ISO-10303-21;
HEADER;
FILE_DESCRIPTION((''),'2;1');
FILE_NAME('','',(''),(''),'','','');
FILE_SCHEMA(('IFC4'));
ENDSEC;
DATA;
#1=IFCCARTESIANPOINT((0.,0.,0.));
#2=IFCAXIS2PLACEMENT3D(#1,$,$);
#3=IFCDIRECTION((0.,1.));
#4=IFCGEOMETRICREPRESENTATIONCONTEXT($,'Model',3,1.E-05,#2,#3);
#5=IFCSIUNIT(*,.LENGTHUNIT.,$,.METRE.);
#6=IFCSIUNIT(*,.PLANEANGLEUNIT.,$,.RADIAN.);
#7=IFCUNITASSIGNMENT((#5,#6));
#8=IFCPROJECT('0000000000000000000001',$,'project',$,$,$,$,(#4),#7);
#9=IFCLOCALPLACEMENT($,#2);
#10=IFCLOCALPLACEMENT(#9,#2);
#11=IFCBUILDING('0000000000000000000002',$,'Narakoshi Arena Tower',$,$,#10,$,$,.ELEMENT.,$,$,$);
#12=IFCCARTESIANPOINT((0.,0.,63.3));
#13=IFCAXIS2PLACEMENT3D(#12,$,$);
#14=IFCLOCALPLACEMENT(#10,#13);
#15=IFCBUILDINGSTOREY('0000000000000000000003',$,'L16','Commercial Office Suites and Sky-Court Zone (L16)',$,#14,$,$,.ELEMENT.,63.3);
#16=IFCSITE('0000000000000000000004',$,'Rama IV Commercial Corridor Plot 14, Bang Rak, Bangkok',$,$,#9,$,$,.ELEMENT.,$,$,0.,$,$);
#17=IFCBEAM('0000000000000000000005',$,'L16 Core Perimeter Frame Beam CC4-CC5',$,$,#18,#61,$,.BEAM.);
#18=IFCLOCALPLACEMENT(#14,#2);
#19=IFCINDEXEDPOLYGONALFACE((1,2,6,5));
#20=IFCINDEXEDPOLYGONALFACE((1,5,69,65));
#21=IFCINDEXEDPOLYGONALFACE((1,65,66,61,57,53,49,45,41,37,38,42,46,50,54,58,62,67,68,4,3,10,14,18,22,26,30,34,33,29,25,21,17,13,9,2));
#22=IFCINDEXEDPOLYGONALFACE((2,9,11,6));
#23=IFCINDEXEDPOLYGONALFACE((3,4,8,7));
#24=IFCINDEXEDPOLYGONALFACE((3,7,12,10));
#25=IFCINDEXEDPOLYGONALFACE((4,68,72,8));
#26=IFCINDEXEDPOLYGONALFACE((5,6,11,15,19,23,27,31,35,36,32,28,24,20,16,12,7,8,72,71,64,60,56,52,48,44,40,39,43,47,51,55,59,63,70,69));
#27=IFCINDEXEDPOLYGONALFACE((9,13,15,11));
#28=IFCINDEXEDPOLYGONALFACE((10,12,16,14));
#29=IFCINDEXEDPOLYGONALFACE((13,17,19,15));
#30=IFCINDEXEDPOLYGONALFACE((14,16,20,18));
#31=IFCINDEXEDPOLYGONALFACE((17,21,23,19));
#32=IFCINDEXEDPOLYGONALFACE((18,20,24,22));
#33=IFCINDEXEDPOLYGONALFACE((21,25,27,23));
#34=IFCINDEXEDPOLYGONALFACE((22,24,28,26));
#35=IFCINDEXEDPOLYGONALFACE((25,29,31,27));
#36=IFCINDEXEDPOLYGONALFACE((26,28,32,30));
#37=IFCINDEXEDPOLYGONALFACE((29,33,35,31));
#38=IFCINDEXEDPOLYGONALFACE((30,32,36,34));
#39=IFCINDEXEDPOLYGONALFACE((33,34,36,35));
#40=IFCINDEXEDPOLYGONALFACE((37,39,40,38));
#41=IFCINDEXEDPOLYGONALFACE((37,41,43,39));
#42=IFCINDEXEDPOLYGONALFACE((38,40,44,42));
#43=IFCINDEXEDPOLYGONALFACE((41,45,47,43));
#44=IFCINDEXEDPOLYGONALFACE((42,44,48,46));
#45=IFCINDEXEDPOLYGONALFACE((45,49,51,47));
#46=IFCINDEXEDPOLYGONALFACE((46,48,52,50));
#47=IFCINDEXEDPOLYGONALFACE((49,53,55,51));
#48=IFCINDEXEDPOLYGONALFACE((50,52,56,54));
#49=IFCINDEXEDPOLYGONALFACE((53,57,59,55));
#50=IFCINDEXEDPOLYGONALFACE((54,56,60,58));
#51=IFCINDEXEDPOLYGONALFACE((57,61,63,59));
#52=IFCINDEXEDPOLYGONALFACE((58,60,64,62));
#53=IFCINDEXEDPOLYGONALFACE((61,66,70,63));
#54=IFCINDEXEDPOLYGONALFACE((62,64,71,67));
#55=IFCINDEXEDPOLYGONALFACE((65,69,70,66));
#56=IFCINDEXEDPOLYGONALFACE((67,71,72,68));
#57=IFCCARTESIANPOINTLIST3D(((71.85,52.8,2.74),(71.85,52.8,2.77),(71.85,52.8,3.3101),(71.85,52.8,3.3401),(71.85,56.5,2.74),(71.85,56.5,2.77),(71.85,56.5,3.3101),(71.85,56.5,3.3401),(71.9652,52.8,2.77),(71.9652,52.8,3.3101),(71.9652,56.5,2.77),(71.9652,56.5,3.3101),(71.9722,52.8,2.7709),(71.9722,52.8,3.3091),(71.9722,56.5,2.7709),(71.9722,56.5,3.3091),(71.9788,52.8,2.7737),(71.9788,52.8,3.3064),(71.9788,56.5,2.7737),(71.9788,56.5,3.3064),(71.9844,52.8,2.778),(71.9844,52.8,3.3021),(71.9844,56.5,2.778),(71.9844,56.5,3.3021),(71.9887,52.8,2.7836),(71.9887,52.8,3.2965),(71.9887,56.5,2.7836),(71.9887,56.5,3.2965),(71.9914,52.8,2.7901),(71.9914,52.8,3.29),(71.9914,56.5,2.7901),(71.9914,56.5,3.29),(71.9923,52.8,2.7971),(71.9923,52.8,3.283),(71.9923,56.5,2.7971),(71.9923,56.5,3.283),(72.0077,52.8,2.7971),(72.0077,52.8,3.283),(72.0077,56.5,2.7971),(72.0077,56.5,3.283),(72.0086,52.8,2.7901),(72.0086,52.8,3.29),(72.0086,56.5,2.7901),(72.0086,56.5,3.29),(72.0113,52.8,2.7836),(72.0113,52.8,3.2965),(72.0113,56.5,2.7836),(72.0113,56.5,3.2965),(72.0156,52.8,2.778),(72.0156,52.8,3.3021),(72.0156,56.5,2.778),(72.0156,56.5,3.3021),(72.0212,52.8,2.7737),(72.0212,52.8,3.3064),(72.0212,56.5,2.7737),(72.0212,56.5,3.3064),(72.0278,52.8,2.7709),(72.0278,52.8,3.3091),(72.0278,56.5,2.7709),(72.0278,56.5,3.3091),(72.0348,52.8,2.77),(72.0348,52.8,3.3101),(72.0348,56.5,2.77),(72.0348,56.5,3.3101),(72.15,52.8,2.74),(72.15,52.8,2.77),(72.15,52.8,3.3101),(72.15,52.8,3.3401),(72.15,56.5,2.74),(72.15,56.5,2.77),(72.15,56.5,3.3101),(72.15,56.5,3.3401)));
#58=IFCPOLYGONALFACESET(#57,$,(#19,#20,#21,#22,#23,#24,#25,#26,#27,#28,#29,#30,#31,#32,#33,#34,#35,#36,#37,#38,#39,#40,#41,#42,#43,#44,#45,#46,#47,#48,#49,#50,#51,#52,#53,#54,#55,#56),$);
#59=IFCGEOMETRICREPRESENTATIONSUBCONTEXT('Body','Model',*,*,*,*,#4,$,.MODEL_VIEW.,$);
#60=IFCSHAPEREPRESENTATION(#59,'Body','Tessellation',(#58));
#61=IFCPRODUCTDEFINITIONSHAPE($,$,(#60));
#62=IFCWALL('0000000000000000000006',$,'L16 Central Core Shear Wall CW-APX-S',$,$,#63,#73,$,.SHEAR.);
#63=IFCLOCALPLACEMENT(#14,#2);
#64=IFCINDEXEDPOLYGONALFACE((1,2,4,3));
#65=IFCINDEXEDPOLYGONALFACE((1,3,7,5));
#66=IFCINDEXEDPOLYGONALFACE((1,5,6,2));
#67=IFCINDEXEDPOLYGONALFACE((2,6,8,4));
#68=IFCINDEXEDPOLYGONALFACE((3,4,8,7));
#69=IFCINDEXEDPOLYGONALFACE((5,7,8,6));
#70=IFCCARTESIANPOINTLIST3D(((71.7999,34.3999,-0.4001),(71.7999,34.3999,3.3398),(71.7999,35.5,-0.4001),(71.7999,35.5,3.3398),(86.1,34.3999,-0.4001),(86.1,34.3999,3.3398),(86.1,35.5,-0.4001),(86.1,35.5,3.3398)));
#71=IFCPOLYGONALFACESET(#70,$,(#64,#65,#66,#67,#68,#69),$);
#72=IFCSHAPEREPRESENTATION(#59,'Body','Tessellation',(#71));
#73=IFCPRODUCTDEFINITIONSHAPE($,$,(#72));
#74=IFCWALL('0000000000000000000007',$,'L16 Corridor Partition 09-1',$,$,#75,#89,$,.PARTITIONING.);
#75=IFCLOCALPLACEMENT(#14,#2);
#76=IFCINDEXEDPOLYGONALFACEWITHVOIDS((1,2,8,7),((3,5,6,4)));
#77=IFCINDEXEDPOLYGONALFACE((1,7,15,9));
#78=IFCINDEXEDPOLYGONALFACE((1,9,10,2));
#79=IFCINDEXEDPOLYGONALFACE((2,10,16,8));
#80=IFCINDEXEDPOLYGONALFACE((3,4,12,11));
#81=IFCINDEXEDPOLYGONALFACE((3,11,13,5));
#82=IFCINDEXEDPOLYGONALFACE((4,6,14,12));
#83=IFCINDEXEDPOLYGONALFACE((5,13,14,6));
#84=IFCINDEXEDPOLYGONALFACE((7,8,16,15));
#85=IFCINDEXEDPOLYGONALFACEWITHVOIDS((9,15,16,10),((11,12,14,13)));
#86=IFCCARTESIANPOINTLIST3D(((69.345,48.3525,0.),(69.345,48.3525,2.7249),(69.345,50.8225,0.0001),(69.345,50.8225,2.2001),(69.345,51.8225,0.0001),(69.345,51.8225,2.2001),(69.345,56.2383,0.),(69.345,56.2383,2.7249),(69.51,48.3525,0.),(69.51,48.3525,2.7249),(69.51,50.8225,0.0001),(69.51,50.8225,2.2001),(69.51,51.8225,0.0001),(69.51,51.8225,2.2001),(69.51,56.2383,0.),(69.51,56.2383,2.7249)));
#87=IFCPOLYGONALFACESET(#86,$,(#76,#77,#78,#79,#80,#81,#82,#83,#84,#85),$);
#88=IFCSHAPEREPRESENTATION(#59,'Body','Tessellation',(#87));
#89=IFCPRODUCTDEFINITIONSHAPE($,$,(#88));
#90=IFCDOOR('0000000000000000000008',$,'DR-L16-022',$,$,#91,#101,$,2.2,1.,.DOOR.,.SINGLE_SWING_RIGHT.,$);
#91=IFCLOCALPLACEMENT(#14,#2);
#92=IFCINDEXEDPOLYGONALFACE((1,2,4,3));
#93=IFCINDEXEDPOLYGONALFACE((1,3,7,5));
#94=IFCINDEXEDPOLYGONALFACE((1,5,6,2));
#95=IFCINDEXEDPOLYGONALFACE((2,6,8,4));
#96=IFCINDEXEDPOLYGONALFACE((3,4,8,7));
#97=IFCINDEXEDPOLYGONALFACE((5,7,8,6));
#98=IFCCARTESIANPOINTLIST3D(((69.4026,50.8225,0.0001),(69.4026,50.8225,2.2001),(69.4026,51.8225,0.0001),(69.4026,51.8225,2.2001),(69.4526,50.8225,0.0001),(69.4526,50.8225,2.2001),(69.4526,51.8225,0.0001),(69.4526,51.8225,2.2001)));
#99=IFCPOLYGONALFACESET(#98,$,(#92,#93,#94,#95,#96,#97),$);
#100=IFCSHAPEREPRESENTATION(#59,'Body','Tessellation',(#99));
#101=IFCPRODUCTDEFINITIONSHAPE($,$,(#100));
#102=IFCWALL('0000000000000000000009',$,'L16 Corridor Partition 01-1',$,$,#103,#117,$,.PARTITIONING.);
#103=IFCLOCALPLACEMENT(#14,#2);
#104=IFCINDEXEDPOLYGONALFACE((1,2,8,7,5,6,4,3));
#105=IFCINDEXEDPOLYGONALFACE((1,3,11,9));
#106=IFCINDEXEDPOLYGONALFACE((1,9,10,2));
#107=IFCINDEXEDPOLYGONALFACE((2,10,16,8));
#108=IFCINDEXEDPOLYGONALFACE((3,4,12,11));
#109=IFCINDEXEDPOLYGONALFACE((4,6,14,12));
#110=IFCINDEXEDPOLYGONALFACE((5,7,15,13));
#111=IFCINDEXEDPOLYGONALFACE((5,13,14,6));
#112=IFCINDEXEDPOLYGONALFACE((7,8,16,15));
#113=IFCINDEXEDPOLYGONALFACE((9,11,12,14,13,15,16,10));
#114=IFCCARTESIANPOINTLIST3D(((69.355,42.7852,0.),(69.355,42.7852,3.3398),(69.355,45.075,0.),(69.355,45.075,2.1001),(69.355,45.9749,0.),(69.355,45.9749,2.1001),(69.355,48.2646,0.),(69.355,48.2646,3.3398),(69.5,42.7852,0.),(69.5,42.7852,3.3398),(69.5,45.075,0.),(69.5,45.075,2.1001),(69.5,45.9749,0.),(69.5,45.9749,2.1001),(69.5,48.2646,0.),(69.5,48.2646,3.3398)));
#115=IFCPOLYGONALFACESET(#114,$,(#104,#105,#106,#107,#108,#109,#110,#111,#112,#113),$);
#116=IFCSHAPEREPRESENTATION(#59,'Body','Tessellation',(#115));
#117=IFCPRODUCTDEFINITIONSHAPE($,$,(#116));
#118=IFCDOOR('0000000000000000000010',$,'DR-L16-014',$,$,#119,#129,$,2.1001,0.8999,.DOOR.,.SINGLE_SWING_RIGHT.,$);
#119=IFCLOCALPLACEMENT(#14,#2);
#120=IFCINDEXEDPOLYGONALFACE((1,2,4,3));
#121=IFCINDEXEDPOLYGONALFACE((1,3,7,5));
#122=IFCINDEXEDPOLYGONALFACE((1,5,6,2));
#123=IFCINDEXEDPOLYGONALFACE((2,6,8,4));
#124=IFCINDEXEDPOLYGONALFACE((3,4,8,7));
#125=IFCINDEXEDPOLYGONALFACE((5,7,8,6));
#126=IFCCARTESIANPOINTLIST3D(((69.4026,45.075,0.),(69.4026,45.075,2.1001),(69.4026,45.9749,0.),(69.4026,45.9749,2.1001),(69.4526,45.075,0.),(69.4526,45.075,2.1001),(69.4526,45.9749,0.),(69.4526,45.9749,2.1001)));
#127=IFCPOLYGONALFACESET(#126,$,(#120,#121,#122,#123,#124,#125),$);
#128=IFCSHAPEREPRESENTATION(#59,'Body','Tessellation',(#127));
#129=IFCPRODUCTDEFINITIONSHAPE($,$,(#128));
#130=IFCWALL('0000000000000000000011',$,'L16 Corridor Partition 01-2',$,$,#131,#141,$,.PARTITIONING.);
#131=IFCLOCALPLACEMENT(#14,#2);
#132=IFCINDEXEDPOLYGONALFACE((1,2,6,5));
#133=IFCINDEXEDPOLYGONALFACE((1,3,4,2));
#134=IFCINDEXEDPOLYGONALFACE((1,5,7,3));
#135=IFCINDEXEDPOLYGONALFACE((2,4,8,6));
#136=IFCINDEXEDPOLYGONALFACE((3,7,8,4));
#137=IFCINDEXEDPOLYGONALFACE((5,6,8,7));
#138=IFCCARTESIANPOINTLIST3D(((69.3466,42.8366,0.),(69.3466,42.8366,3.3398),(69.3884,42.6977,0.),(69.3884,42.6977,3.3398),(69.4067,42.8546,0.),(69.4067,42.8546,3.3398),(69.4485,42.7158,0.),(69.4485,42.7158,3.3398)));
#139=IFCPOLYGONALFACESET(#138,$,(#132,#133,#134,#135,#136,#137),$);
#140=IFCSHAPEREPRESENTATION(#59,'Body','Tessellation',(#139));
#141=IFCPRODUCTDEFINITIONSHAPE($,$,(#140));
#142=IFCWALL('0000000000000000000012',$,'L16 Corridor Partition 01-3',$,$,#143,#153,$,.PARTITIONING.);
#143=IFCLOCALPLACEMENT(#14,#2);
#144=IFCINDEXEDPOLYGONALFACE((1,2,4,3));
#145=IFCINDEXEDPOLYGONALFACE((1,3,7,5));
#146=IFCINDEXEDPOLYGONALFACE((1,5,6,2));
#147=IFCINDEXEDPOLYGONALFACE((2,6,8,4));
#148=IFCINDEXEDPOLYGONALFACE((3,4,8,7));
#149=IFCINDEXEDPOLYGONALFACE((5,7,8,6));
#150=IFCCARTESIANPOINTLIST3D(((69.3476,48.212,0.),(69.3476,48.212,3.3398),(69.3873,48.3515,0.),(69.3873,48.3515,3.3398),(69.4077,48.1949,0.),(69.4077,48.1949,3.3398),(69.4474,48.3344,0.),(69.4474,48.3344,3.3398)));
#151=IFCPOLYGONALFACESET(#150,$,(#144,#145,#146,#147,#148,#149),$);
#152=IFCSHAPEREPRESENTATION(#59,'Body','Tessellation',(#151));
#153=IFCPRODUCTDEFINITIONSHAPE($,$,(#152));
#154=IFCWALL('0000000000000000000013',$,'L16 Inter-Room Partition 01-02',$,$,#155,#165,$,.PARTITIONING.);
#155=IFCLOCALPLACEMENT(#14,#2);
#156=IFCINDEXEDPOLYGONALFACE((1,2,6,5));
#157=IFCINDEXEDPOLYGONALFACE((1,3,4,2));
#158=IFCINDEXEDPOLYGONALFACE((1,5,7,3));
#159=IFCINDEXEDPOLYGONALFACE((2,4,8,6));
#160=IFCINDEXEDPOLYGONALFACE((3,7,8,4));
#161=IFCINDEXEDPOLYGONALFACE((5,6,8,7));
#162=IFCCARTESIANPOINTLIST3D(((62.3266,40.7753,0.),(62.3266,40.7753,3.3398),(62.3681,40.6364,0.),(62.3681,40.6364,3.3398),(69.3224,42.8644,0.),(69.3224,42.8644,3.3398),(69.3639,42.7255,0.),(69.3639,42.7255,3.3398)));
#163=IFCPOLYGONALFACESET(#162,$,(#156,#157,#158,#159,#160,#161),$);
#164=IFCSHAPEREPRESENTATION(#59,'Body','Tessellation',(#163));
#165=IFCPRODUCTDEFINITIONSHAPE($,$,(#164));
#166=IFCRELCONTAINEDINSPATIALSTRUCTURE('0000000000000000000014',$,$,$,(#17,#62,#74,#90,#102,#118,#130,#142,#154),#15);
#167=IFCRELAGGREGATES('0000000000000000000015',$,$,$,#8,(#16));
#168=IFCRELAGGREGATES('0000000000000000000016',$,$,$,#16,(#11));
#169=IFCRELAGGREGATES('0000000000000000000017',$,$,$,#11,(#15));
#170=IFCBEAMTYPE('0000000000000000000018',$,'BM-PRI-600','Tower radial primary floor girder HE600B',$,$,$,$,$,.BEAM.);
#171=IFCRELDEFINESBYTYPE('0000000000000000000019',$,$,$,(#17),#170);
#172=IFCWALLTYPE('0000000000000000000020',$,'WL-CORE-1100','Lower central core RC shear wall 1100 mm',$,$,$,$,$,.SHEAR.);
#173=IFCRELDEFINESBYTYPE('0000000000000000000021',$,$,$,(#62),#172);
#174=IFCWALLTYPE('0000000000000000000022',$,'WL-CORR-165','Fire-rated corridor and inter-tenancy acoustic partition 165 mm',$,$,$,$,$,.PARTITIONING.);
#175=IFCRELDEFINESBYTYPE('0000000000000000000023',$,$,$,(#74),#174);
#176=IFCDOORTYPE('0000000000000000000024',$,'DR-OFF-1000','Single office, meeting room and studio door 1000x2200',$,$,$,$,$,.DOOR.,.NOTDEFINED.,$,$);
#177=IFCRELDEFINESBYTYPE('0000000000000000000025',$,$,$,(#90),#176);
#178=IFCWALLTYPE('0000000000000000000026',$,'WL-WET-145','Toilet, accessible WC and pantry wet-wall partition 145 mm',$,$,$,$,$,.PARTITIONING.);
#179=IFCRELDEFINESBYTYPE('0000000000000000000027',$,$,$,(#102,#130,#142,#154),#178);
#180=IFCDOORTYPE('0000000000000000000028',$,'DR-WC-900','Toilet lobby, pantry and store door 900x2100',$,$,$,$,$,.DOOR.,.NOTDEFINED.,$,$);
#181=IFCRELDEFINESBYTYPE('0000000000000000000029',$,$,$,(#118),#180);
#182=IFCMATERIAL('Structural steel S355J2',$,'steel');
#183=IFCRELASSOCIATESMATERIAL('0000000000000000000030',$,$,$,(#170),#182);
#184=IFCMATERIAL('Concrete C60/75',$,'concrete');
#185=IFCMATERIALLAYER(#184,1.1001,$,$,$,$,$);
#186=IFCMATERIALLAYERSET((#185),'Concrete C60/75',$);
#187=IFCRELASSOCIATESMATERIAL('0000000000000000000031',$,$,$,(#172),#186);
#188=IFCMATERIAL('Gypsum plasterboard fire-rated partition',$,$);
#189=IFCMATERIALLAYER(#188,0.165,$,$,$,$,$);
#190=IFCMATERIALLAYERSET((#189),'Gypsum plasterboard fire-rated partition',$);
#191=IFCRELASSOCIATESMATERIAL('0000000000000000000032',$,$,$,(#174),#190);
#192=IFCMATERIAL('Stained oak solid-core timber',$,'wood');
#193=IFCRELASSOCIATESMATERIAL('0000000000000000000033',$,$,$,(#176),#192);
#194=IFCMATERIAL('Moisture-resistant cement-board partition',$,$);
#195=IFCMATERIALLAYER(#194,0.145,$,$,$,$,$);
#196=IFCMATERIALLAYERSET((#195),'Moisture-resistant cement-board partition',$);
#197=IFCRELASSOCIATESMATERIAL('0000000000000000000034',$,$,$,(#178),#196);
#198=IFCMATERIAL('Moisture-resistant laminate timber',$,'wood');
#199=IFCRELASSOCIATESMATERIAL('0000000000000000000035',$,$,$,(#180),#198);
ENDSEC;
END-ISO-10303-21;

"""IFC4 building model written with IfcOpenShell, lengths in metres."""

from ifc_helpers import new_model, si_unit, direction, frame, frame_2d, origin, origin_2d, place, context, subcontext, project, spatial, rectangle, i_section, extrude, material, layer, layer_set, material_profile, profile_set, type_object, element, fill, save


model = new_model("IFC4")

# Units and contexts
model_context = context("Model", 3, precision=1e-05, world=origin(), true_north=direction((0.0, 1.0)))
body_context = subcontext(model_context, "Body", "Model", "MODEL_VIEW")
ifc_project = project(units=[si_unit("LENGTHUNIT", "METRE"), si_unit("PLANEANGLEUNIT", "RADIAN")], contexts=[model_context])

# Site, building, storey
site_placement = place(None, origin())
site = spatial("IfcSite", under=ifc_project, at=site_placement, Name="Rama IV Commercial Corridor Plot 14, Bang Rak, Bangkok", CompositionType="ELEMENT", RefElevation=0.0)
building_placement = place(site_placement, origin())
building = spatial("IfcBuilding", under=site, at=building_placement, Name="Narakoshi Arena Tower", CompositionType="ELEMENT")
storey_placement = place(building_placement, frame((0.0, 0.0, 63.3)))
storey = spatial("IfcBuildingStorey", under=building, at=storey_placement, Name="L16", Description="Commercial Office Suites and Sky-Court Zone (L16)", CompositionType="ELEMENT", Elevation=63.3)

# Shared definitions
ifc_material_1 = material(Name="Concrete C60/75", Category="concrete")

# Beam
ifc_material_2 = material(Name="Structural steel S355J2", Category="steel")
ifc_material_profile_1 = material_profile(ifc_material_2, i_section(OverallWidth=0.3, OverallDepth=0.6001, WebThickness=0.0154, FlangeThickness=0.03, FilletRadius=0.0271, at=origin_2d()), Name="HE600B")
ifc_profile_set_1 = profile_set([ifc_material_profile_1], Name="Structural steel S355J2")
beam_type = type_object("IfcBeamType", Name="BM-PRI-600", Description="Tower radial primary floor girder HE600B", PredefinedType="BEAM", material=ifc_profile_set_1)
beam_1_placement = place(storey_placement, frame((72.0, 52.8, 3.04), z_axis=(0.0, 1.0, 0.0), x_axis=(-1.0, 0.0, 0.0)))
element("IfcBeam", 1, at=beam_1_placement, inside=storey, type_object=beam_type, Name="L16 Core Perimeter Frame Beam CC4-CC5", PredefinedType="BEAM", context=body_context, shape_type="SweptSolid", body=[
    extrude(i_section(OverallWidth=0.3, OverallDepth=0.6001, WebThickness=0.0154, FlangeThickness=0.03, FilletRadius=0.0271, at=origin_2d()), origin(), (0.0, 0.0, 1.0), 3.7),
])

# Wall
ifc_layer_1 = layer(ifc_material_1, 1.1001)
ifc_layer_set_1 = layer_set([ifc_layer_1], Name="Concrete C60/75")
wall_type_1 = type_object("IfcWallType", Name="WL-CORE-1100", Description="Lower central core RC shear wall 1100 mm", PredefinedType="SHEAR", material=ifc_layer_set_1)
wall_1_placement = place(storey_placement, frame((71.8, 34.95, -0.4001), z_axis=(0.0, 0.0, 1.0), x_axis=(1.0, 0.0, 0.0)))
element("IfcWall", 2, at=wall_1_placement, inside=storey, type_object=wall_type_1, Name="L16 Central Core Shear Wall CW-APX-S", PredefinedType="SHEAR", context=body_context, shape_type="SweptSolid", body=[
    extrude(rectangle(XDim=14.3, YDim=1.1001, at=frame_2d((7.1499, 0.0))), origin(), (0.0, 0.0, 1.0), 3.74),
])

# Walls, openings, doors
ifc_material_3 = material(Name="Gypsum plasterboard fire-rated partition")
ifc_layer_2 = layer(ifc_material_3, 0.165)
ifc_layer_set_2 = layer_set([ifc_layer_2], Name="Gypsum plasterboard fire-rated partition")
wall_type_2 = type_object("IfcWallType", Name="WL-CORR-165", Description="Fire-rated corridor and inter-tenancy acoustic partition 165 mm", PredefinedType="PARTITIONING", material=ifc_layer_set_2)
wall_2_placement = place(storey_placement, frame((69.4275, 56.2383, 0.0), z_axis=(0.0, 0.0, 1.0), x_axis=(0.0, -1.0, 0.0)))
wall_2 = element("IfcWall", 3, at=wall_2_placement, inside=storey, type_object=wall_type_2, Name="L16 Corridor Partition 09-1", PredefinedType="PARTITIONING", context=body_context, shape_type="SweptSolid", body=[
    extrude(rectangle(XDim=7.8857, YDim=0.165, at=frame_2d((3.9429, 0.0))), origin(), (0.0, 0.0, 1.0), 2.7249),
])
opening_1_placement = place(wall_2_placement, frame((4.4158, 0.0, 0.0)))
opening_1 = element("IfcOpeningElement", 4, at=opening_1_placement, cuts=wall_2, PredefinedType="OPENING", context=body_context, shape_type="SweptSolid", body=[
    extrude(rectangle(XDim=1.0, YDim=2.2, at=frame_2d((0.5, 1.1001))), frame((0.0, 0.0925, 0.0), z_axis=(0.0, -1.0, 0.0), x_axis=(1.0, 0.0, 0.0)), (0.0, 0.0, 1.0), 0.1851),
])
ifc_material_4 = material(Name="Stained oak solid-core timber", Category="wood")
door_type_1 = type_object("IfcDoorType", Name="DR-OFF-1000", Description="Single office, meeting room and studio door 1000x2200", OperationType="NOTDEFINED", PredefinedType="DOOR", material=ifc_material_4)
door_1_placement = place(opening_1_placement, frame((1.0, 0.0, 0.0), z_axis=(0.0, 0.0, 1.0), x_axis=(-1.0, 0.0, 0.0)))
door_1 = element("IfcDoor", 5, at=door_1_placement, inside=storey, type_object=door_type_1, Name="DR-L16-022", OperationType="SINGLE_SWING_RIGHT", OverallHeight=2.2, OverallWidth=1.0, PredefinedType="DOOR", context=body_context, shape_type="SweptSolid", body=[
    extrude(rectangle(XDim=1.0, YDim=2.2, at=frame_2d((0.5, 1.1001))), frame((0.0, 0.0249, 0.0), z_axis=(0.0, -1.0, 0.0), x_axis=(1.0, 0.0, 0.0)), (0.0, 0.0, 1.0), 0.05),
])
fill(opening_1, door_1)
ifc_material_5 = material(Name="Moisture-resistant cement-board partition")
ifc_layer_3 = layer(ifc_material_5, 0.145)
ifc_layer_set_3 = layer_set([ifc_layer_3], Name="Moisture-resistant cement-board partition")
wall_type_3 = type_object("IfcWallType", Name="WL-WET-145", Description="Toilet, accessible WC and pantry wet-wall partition 145 mm", PredefinedType="PARTITIONING", material=ifc_layer_set_3)
wall_3_placement = place(storey_placement, frame((69.4275, 48.2646, 0.0), z_axis=(0.0, 0.0, 1.0), x_axis=(0.0, -1.0, 0.0)))
wall_3 = element("IfcWall", 6, at=wall_3_placement, inside=storey, type_object=wall_type_3, Name="L16 Corridor Partition 01-1", PredefinedType="PARTITIONING", context=body_context, shape_type="SweptSolid", body=[
    extrude(rectangle(XDim=5.4795, YDim=0.145, at=frame_2d((2.7397, 0.0))), origin(), (0.0, 0.0, 1.0), 3.3398),
])
opening_2_placement = place(wall_3_placement, frame((2.2898, 0.0, 0.0)))
opening_2 = element("IfcOpeningElement", 7, at=opening_2_placement, cuts=wall_3, PredefinedType="OPENING", context=body_context, shape_type="SweptSolid", body=[
    extrude(rectangle(XDim=0.8999, YDim=2.1001, at=frame_2d((0.45, 1.05))), frame((0.0, 0.0825, 0.0), z_axis=(0.0, -1.0, 0.0), x_axis=(1.0, 0.0, 0.0)), (0.0, 0.0, 1.0), 0.165),
])
ifc_material_6 = material(Name="Moisture-resistant laminate timber", Category="wood")
door_type_2 = type_object("IfcDoorType", Name="DR-WC-900", Description="Toilet lobby, pantry and store door 900x2100", OperationType="NOTDEFINED", PredefinedType="DOOR", material=ifc_material_6)
door_2_placement = place(opening_2_placement, frame((0.8999, 0.0, 0.0), z_axis=(0.0, 0.0, 1.0), x_axis=(-1.0, 0.0, 0.0)))
door_2 = element("IfcDoor", 8, at=door_2_placement, inside=storey, type_object=door_type_2, Name="DR-L16-014", OperationType="SINGLE_SWING_RIGHT", OverallHeight=2.1001, OverallWidth=0.8999, PredefinedType="DOOR", context=body_context, shape_type="SweptSolid", body=[
    extrude(rectangle(XDim=0.8999, YDim=2.1001, at=frame_2d((0.45, 1.05))), frame((0.0, 0.0249, 0.0), z_axis=(0.0, -1.0, 0.0), x_axis=(1.0, 0.0, 0.0)), (0.0, 0.0, 1.0), 0.05),
])
fill(opening_2, door_2)

# Walls
wall_4_placement = place(storey_placement, frame((69.4275, 42.7852, 0.0), z_axis=(0.0, 0.0, 1.0), x_axis=(-0.957612, -0.288062, 0.0)))
element("IfcWall", 9, at=wall_4_placement, inside=storey, type_object=wall_type_3, Name="L16 Corridor Partition 01-2", PredefinedType="PARTITIONING", context=body_context, shape_type="SweptSolid", body=[
    extrude(rectangle(XDim=0.0627, YDim=0.145, at=frame_2d((0.0312, 0.0))), origin(), (0.0, 0.0, 1.0), 3.3398),
])
wall_5_placement = place(storey_placement, frame((69.3674, 48.2817, 0.0), z_axis=(0.0, 0.0, 1.0), x_axis=(0.961818, -0.273688, 0.0)))
element("IfcWall", 10, at=wall_5_placement, inside=storey, type_object=wall_type_3, Name="L16 Corridor Partition 01-3", PredefinedType="PARTITIONING", context=body_context, shape_type="SweptSolid", body=[
    extrude(rectangle(XDim=0.0625, YDim=0.145, at=frame_2d((0.0312, 0.0))), origin(), (0.0, 0.0, 1.0), 3.3398),
])
wall_6_placement = place(storey_placement, frame((69.343, 42.7949, 0.0), z_axis=(0.0, 0.0, 1.0), x_axis=(-0.958189, -0.286136, 0.0)))
element("IfcWall", 11, at=wall_6_placement, inside=storey, type_object=wall_type_3, Name="L16 Inter-Room Partition 01-02", PredefinedType="PARTITIONING", context=body_context, shape_type="SweptSolid", body=[
    extrude(rectangle(XDim=7.301, YDim=0.145, at=frame_2d((3.6504, 0.0))), origin(), (0.0, 0.0, 1.0), 3.3398),
])

save(model, "model.ifc")
